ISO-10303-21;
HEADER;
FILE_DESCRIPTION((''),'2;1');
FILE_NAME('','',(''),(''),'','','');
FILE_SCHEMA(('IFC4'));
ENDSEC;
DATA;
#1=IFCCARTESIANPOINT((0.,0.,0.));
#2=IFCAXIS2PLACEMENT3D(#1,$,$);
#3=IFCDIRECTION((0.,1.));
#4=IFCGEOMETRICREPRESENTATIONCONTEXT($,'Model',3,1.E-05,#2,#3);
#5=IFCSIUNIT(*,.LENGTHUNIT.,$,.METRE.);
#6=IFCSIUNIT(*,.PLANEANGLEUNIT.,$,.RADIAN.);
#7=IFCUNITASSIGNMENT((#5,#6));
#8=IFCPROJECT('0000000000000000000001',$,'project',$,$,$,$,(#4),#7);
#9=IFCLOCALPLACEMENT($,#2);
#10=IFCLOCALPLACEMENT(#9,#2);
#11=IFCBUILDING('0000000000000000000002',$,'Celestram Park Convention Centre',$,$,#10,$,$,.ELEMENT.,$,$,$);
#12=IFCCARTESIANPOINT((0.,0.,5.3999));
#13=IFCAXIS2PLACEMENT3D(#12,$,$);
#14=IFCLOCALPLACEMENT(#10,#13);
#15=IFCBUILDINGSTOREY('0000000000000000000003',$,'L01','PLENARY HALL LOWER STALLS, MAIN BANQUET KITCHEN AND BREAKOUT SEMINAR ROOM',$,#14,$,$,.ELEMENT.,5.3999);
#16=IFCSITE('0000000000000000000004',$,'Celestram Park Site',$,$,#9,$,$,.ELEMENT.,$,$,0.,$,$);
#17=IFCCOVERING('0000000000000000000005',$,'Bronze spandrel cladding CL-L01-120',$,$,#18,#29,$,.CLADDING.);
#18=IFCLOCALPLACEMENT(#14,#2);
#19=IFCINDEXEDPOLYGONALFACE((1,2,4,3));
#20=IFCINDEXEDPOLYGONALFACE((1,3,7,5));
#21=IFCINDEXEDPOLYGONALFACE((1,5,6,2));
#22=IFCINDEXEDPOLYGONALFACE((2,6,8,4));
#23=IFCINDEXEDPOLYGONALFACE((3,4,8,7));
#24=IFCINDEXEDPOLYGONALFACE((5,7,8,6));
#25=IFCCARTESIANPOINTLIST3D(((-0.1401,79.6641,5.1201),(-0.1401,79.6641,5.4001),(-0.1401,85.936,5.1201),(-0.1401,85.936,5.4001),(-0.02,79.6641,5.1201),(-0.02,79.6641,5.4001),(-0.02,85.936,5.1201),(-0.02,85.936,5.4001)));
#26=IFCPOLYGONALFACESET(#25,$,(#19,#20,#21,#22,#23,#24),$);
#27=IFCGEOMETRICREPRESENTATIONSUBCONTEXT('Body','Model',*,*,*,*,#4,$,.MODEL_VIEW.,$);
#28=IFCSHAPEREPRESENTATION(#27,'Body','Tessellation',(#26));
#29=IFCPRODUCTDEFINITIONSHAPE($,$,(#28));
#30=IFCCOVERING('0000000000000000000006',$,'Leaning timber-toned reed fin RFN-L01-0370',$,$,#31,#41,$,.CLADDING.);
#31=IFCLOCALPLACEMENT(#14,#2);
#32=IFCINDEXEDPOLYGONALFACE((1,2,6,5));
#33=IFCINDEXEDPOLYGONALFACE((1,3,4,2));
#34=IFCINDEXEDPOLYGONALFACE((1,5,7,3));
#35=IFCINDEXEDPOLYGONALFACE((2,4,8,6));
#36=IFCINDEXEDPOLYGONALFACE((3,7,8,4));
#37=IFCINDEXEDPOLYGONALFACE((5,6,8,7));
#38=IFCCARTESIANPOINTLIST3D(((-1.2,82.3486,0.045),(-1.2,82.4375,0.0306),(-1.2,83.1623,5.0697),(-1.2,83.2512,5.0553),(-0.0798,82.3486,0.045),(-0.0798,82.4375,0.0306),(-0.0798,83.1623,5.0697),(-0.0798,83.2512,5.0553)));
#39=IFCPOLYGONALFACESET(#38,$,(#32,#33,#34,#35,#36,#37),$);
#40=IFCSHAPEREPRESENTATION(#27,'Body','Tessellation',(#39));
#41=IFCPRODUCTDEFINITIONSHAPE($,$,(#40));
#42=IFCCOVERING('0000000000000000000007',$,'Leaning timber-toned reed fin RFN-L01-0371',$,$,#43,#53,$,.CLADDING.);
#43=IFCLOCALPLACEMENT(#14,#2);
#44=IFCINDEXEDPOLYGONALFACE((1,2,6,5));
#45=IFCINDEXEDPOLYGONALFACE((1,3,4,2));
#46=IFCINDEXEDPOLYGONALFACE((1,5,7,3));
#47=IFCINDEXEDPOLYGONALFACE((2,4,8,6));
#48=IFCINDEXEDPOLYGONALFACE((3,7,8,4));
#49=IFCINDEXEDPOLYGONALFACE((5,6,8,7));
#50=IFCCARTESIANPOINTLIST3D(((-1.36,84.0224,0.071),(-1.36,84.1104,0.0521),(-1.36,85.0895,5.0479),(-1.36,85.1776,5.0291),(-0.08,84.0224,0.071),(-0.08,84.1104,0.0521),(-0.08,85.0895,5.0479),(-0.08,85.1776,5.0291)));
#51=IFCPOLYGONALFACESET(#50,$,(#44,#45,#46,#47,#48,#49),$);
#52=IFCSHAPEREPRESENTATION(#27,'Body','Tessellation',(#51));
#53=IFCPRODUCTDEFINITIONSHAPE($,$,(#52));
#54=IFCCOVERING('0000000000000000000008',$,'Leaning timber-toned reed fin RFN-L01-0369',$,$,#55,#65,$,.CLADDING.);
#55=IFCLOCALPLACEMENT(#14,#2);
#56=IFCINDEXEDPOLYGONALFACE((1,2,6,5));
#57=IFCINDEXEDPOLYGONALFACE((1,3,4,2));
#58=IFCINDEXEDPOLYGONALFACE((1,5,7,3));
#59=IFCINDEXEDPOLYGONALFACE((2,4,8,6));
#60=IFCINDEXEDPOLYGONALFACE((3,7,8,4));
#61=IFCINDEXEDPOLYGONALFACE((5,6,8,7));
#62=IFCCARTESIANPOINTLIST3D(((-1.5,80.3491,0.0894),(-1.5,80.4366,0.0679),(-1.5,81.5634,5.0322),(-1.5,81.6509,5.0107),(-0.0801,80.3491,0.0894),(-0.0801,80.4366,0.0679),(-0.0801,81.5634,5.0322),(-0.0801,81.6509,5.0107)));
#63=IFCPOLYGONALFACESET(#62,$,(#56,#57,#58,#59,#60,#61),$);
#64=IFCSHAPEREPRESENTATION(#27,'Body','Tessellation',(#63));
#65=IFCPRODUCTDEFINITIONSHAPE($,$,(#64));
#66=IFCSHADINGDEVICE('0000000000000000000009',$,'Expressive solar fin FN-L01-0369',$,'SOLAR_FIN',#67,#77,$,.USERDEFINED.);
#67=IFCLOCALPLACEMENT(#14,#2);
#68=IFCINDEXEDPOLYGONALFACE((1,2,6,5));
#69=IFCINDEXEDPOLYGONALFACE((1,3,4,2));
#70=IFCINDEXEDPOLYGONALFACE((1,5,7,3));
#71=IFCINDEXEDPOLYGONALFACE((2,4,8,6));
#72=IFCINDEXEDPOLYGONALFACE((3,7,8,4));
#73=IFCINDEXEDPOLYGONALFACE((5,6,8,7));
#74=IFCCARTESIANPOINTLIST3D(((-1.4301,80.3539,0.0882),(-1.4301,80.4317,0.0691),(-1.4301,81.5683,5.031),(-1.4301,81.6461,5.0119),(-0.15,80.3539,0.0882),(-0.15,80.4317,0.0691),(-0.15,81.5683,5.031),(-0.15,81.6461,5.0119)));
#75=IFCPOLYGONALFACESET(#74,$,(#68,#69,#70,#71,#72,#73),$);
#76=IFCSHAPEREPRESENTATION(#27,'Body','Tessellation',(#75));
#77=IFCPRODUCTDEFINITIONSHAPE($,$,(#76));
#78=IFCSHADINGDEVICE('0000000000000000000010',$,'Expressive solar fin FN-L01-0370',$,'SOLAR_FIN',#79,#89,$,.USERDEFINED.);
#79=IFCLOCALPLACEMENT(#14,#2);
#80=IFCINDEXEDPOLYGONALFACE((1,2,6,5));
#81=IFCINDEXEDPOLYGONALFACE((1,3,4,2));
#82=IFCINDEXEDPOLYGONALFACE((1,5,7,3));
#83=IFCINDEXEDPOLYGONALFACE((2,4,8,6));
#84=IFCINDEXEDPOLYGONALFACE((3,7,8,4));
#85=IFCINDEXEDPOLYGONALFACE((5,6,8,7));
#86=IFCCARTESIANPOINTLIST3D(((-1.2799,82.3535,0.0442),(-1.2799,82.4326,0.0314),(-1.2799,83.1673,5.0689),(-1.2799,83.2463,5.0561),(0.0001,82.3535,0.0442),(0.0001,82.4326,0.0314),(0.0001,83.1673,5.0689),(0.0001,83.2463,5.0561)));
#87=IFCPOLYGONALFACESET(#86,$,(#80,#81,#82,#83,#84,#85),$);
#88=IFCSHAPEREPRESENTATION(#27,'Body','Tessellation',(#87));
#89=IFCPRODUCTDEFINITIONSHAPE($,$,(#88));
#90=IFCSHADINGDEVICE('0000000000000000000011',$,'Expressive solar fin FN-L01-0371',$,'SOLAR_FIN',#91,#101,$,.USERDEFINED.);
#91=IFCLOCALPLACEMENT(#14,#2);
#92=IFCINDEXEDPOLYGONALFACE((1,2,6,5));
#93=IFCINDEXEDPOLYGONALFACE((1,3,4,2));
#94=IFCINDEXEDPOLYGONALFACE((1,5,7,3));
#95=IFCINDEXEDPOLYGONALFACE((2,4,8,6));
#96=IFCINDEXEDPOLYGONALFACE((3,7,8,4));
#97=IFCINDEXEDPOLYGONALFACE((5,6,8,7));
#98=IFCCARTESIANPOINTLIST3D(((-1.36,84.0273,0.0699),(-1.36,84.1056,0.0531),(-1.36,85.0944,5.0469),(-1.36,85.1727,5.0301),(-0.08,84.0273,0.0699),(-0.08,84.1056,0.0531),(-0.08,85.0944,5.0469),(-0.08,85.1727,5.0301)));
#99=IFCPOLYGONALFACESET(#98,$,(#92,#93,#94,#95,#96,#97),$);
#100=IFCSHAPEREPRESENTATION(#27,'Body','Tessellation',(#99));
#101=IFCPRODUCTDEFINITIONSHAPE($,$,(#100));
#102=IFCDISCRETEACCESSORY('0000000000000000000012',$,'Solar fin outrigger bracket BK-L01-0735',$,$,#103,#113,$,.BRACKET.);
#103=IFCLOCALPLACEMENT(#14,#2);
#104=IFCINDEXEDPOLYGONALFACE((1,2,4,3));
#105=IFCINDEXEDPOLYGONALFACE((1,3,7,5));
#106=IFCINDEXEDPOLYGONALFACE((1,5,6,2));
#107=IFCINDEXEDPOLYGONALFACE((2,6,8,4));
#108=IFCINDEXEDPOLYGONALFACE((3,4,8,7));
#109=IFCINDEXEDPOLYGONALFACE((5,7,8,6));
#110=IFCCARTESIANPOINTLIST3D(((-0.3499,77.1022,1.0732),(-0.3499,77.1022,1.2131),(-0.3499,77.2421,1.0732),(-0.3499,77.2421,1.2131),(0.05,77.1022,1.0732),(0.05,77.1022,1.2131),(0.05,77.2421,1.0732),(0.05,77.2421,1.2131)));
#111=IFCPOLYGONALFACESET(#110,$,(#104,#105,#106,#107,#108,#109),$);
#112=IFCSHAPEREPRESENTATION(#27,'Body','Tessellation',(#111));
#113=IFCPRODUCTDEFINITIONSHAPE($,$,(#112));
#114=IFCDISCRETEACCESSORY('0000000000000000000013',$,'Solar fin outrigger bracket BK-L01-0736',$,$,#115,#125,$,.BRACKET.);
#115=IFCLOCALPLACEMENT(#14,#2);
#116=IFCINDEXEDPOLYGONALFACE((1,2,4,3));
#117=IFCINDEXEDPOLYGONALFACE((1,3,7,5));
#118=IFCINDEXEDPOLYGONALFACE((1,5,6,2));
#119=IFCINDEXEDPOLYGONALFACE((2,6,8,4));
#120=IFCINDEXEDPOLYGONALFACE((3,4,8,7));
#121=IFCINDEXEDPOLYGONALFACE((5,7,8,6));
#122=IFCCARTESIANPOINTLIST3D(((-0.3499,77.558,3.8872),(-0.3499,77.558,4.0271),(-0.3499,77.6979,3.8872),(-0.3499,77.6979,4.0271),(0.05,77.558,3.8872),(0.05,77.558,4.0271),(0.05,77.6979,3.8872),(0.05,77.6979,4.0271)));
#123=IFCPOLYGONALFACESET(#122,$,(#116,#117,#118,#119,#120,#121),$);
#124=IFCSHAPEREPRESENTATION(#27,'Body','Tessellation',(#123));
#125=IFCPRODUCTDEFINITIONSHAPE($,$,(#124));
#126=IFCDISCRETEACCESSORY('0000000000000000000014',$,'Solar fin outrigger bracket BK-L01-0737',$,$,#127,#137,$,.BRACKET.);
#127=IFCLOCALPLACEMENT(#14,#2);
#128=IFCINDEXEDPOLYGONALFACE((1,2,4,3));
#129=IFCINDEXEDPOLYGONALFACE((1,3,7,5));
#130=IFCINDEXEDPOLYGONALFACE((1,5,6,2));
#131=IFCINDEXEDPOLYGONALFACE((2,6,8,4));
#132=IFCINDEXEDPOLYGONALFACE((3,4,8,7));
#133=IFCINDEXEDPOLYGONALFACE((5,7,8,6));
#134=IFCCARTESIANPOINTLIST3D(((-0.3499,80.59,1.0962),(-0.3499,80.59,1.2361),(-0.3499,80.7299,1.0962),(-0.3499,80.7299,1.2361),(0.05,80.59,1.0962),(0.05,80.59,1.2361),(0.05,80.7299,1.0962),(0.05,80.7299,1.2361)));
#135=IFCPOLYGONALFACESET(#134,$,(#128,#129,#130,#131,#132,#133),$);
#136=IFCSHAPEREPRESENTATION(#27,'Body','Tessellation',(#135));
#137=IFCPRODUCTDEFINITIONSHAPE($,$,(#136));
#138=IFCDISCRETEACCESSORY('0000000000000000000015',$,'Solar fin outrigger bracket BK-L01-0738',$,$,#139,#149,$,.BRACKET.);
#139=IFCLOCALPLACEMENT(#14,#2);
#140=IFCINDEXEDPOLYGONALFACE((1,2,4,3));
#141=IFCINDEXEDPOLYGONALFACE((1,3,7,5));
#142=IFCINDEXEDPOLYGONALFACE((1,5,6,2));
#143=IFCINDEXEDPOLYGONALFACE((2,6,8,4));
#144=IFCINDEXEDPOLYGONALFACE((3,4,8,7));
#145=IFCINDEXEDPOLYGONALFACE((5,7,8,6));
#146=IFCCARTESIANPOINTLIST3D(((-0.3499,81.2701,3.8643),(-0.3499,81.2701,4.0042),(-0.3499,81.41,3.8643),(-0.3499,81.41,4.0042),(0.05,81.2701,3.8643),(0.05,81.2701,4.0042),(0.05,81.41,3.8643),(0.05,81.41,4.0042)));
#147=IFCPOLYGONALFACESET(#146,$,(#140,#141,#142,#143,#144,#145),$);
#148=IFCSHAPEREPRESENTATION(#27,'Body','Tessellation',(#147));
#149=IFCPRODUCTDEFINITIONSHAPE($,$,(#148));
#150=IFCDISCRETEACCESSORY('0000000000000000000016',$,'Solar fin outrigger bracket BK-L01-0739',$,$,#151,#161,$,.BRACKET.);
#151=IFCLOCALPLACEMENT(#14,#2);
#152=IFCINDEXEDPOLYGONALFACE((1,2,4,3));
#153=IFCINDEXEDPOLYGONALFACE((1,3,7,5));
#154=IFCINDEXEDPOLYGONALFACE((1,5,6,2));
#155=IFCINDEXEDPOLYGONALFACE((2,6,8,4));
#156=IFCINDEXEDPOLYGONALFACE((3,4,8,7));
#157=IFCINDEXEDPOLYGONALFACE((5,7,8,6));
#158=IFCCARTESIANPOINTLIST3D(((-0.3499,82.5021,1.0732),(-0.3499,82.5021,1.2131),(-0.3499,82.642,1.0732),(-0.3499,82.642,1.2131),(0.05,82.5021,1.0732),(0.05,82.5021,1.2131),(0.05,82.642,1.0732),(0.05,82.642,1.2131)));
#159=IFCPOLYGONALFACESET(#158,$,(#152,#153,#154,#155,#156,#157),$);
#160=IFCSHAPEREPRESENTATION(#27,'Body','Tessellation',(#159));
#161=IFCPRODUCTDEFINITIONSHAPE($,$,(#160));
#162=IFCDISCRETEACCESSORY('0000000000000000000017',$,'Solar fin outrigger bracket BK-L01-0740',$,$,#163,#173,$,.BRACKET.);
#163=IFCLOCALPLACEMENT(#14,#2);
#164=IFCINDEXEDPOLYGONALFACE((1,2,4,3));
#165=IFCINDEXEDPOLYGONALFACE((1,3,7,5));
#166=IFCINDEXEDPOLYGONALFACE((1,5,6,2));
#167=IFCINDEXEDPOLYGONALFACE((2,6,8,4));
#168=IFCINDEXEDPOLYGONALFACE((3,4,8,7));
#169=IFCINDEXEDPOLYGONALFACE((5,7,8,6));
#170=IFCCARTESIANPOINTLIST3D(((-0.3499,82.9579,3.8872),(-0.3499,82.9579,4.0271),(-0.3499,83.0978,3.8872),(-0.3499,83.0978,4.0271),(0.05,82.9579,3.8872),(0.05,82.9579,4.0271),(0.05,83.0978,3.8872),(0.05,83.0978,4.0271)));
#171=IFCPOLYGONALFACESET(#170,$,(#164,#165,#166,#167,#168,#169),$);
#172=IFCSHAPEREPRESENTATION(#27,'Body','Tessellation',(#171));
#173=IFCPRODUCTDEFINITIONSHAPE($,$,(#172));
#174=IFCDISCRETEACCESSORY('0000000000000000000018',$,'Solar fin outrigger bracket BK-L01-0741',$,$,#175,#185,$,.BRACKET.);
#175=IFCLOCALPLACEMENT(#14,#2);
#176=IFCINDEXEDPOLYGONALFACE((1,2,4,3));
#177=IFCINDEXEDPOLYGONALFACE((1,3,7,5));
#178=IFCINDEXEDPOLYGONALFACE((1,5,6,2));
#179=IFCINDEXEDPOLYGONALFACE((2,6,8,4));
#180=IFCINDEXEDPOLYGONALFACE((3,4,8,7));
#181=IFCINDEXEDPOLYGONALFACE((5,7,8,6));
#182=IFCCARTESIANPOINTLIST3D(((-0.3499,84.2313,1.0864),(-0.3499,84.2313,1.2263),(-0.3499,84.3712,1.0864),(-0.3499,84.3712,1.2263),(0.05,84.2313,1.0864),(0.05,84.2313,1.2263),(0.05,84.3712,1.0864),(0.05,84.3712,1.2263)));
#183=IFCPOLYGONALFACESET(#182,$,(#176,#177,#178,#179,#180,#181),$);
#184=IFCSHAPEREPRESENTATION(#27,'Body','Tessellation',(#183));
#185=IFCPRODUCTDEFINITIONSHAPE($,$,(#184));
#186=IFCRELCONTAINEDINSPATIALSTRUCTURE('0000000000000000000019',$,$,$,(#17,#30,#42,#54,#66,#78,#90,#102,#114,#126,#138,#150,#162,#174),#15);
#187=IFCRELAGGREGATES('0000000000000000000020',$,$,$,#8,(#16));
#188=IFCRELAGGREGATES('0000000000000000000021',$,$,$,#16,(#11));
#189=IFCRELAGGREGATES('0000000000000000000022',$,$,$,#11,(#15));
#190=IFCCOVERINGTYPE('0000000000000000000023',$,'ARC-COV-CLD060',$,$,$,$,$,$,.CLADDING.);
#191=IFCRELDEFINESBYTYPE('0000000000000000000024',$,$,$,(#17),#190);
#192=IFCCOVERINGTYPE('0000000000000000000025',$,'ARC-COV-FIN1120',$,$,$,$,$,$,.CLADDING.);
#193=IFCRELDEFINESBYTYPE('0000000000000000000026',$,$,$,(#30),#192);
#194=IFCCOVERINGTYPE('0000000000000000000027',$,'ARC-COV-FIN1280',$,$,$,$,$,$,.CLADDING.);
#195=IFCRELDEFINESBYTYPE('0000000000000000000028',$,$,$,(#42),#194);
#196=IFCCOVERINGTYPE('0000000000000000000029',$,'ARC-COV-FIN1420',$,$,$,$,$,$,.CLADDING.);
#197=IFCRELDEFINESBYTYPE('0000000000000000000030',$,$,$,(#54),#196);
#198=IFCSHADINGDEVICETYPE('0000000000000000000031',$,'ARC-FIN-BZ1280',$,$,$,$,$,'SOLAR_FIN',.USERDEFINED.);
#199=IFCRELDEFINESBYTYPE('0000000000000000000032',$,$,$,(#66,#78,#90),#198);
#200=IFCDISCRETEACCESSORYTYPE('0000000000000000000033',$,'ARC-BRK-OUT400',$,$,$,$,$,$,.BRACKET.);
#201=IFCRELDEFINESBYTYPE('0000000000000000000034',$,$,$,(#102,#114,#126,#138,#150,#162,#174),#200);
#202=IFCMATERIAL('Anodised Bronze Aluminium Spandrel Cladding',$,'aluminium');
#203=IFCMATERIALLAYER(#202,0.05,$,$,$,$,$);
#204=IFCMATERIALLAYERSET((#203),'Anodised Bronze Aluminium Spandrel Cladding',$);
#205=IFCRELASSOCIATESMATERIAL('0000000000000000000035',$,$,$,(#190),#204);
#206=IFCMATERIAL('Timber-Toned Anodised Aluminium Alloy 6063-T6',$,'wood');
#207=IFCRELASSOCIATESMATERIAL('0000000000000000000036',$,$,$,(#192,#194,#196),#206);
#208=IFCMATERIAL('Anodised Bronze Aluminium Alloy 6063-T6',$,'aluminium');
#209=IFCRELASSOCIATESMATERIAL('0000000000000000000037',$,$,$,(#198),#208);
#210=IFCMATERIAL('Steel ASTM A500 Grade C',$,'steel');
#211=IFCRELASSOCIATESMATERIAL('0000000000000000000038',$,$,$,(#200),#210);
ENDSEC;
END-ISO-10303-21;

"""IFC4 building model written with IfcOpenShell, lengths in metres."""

from ifc_helpers import new_model, si_unit, direction, frame, origin, origin_2d, place, context, subcontext, project, spatial, rectangle, extrude, material, layer, layer_set, material_profile, profile_set, type_object, element, save


model = new_model("IFC4")

# Units and contexts
model_context = context("Model", 3, precision=1e-05, world=origin(), true_north=direction((0.0, 1.0)))
body_context = subcontext(model_context, "Body", "Model", "MODEL_VIEW")
ifc_project = project(units=[si_unit("LENGTHUNIT", "METRE"), si_unit("PLANEANGLEUNIT", "RADIAN")], contexts=[model_context])

# Site, building, storey
site_placement = place(None, origin())
site = spatial("IfcSite", under=ifc_project, at=site_placement, Name="Celestram Park Site", CompositionType="ELEMENT", RefElevation=0.0)
building_placement = place(site_placement, origin())
building = spatial("IfcBuilding", under=site, at=building_placement, Name="Celestram Park Convention Centre", CompositionType="ELEMENT")
storey_placement = place(building_placement, frame((0.0, 0.0, 5.3999)))
storey = spatial("IfcBuildingStorey", under=building, at=storey_placement, Name="L01", Description="PLENARY HALL LOWER STALLS, MAIN BANQUET KITCHEN AND BREAKOUT SEMINAR ROOM", CompositionType="ELEMENT", Elevation=5.3999)

# Shared definitions
ifc_material_1 = material(Name="Steel ASTM A500 Grade C", Category="steel")

# Coverings
ifc_material_2 = material(Name="Anodised Bronze Aluminium Spandrel Cladding", Category="aluminium")
ifc_layer_1 = layer(ifc_material_2, 0.05)
ifc_layer_set_1 = layer_set([ifc_layer_1], Name="Anodised Bronze Aluminium Spandrel Cladding")
covering_type_1 = type_object("IfcCoveringType", Name="ARC-COV-CLD060", PredefinedType="CLADDING", material=ifc_layer_set_1)
covering_1_placement = place(storey_placement, frame((-0.0801, 82.8, 5.1201), z_axis=(0.0, 0.0, 1.0), x_axis=(0.0, 1.0, 0.0)))
element("IfcCovering", 1, at=covering_1_placement, inside=storey, type_object=covering_type_1, Name="Bronze spandrel cladding CL-L01-120", PredefinedType="CLADDING", context=body_context, shape_type="SweptSolid", body=[
    extrude(rectangle(XDim=6.272, YDim=0.1201, at=origin_2d()), origin(), (0.0, 0.0, 1.0), 0.28),
])
ifc_material_3 = material(Name="Timber-Toned Anodised Aluminium Alloy 6063-T6", Category="wood")
ifc_material_profile_1 = material_profile(ifc_material_3, rectangle(XDim=1.1201, YDim=0.0901, at=origin_2d()), Name="REED1120X90")
ifc_profile_set_1 = profile_set([ifc_material_profile_1], Name="Timber-Toned Anodised Aluminium Alloy 6063-T6")
covering_type_2 = type_object("IfcCoveringType", Name="ARC-COV-FIN1120", PredefinedType="CLADDING", material=ifc_profile_set_1)
covering_2_placement = place(storey_placement, frame((-0.6399, 82.3931, 0.0378), z_axis=(0.0, 0.159863, 0.987139), x_axis=(-1.0, 0.0, 0.0)))
element("IfcCovering", 2, at=covering_2_placement, inside=storey, type_object=covering_type_2, Name="Leaning timber-toned reed fin RFN-L01-0370", PredefinedType="CLADDING", context=body_context, shape_type="SweptSolid", body=[
    extrude(rectangle(XDim=1.1201, YDim=0.0901, at=origin_2d()), origin(), (0.0, 0.0, 1.0), 5.0901),
])
ifc_material_profile_2 = material_profile(ifc_material_3, rectangle(XDim=1.28, YDim=0.0901, at=origin_2d()), Name="REED1280X90")
ifc_profile_set_2 = profile_set([ifc_material_profile_2], Name="Timber-Toned Anodised Aluminium Alloy 6063-T6")
covering_type_3 = type_object("IfcCoveringType", Name="ARC-COV-FIN1280", PredefinedType="CLADDING", material=ifc_profile_set_2)
covering_3_placement = place(storey_placement, frame((-0.72, 84.0664, 0.0615), z_axis=(0.0, 0.209647, 0.977777), x_axis=(-1.0, 0.0, 0.0)))
element("IfcCovering", 3, at=covering_3_placement, inside=storey, type_object=covering_type_3, Name="Leaning timber-toned reed fin RFN-L01-0371", PredefinedType="CLADDING", context=body_context, shape_type="SweptSolid", body=[
    extrude(rectangle(XDim=1.28, YDim=0.0901, at=origin_2d()), origin(), (0.0, 0.0, 1.0), 5.0901),
])
ifc_material_profile_3 = material_profile(ifc_material_3, rectangle(XDim=1.4199, YDim=0.0901, at=origin_2d()), Name="REED1420X90")
ifc_profile_set_3 = profile_set([ifc_material_profile_3], Name="Timber-Toned Anodised Aluminium Alloy 6063-T6")
covering_type_4 = type_object("IfcCoveringType", Name="ARC-COV-FIN1420", PredefinedType="CLADDING", material=ifc_profile_set_3)
covering_4_placement = place(storey_placement, frame((-0.79, 80.3928, 0.0786), z_axis=(0.0, 0.238583, 0.971122), x_axis=(-1.0, 0.0, 0.0)))
element("IfcCovering", 4, at=covering_4_placement, inside=storey, type_object=covering_type_4, Name="Leaning timber-toned reed fin RFN-L01-0369", PredefinedType="CLADDING", context=body_context, shape_type="SweptSolid", body=[
    extrude(rectangle(XDim=1.4199, YDim=0.0901, at=origin_2d()), origin(), (0.0, 0.0, 1.0), 5.0898),
])

# Shading devices
ifc_material_4 = material(Name="Anodised Bronze Aluminium Alloy 6063-T6", Category="aluminium")
ifc_material_profile_4 = material_profile(ifc_material_4, rectangle(XDim=1.28, YDim=0.0801, at=origin_2d()), Name="FIN1280X80")
ifc_profile_set_4 = profile_set([ifc_material_profile_4], Name="Anodised Bronze Aluminium Alloy 6063-T6")
shading_device_type = type_object("IfcShadingDeviceType", Name="ARC-FIN-BZ1280", ElementType="SOLAR_FIN", PredefinedType="USERDEFINED", material=ifc_profile_set_4)
shading_device_placement = place(storey_placement, frame((-0.79, 80.3928, 0.0786), z_axis=(0.0, 0.238583, 0.971122), x_axis=(-1.0, 0.0, 0.0)))
element("IfcShadingDevice", 5, at=shading_device_placement, inside=storey, type_object=shading_device_type, Name="Expressive solar fin FN-L01-0369", ObjectType="SOLAR_FIN", PredefinedType="USERDEFINED", context=body_context, shape_type="SweptSolid", body=[
    extrude(rectangle(XDim=1.28, YDim=0.0801, at=origin_2d()), origin(), (0.0, 0.0, 1.0), 5.0898),
])
for number, where, z_axis, x_axis, name in (
    (6, (-0.6399, 82.3931, 0.0378), (0.0, 0.159863, 0.987139), (-1.0, 0.0, 0.0), "Expressive solar fin FN-L01-0370"),
    (7, (-0.72, 84.0664, 0.0615), (0.0, 0.209647, 0.977777), (-1.0, 0.0, 0.0), "Expressive solar fin FN-L01-0371"),
):
    element("IfcShadingDevice", number, at=place(storey_placement, frame(where, z_axis=z_axis, x_axis=x_axis)), inside=storey, type_object=shading_device_type, Name=name, ObjectType="SOLAR_FIN", PredefinedType="USERDEFINED", context=body_context, shape_type="SweptSolid", body=[
        extrude(rectangle(XDim=1.28, YDim=0.0801, at=origin_2d()), origin(), (0.0, 0.0, 1.0), 5.0901),
    ])

# Discrete accessories
discrete_accessory_type = type_object("IfcDiscreteAccessoryType", Name="ARC-BRK-OUT400", PredefinedType="BRACKET", material=ifc_material_1)
for number, where, z_axis, x_axis, name in (
    (8, (-0.1499, 77.1721, 1.0732), (0.0, 0.0, 1.0), (-1.0, 0.0, 0.0), "Solar fin outrigger bracket BK-L01-0735"),
    (9, (-0.1499, 77.6279, 3.8872), (0.0, 0.0, 1.0), (-1.0, 0.0, 0.0), "Solar fin outrigger bracket BK-L01-0736"),
    (10, (-0.1499, 80.6599, 1.0962), (0.0, 0.0, 1.0), (-1.0, 0.0, 0.0), "Solar fin outrigger bracket BK-L01-0737"),
    (11, (-0.1499, 81.3401, 3.8643), (0.0, 0.0, 1.0), (-1.0, 0.0, 0.0), "Solar fin outrigger bracket BK-L01-0738"),
    (12, (-0.1499, 82.572, 1.0732), (0.0, 0.0, 1.0), (-1.0, 0.0, 0.0), "Solar fin outrigger bracket BK-L01-0739"),
    (13, (-0.1499, 83.0278, 3.8872), (0.0, 0.0, 1.0), (-1.0, 0.0, 0.0), "Solar fin outrigger bracket BK-L01-0740"),
    (14, (-0.1499, 84.3013, 1.0864), (0.0, 0.0, 1.0), (-1.0, 0.0, 0.0), "Solar fin outrigger bracket BK-L01-0741"),
):
    element("IfcDiscreteAccessory", number, at=place(storey_placement, frame(where, z_axis=z_axis, x_axis=x_axis)), inside=storey, type_object=discrete_accessory_type, Name=name, PredefinedType="BRACKET", context=body_context, shape_type="SweptSolid", body=[
        extrude(rectangle(XDim=0.3999, YDim=0.1399, at=origin_2d()), origin(), (0.0, 0.0, 1.0), 0.1399),
    ])

save(model, "model.ifc")
